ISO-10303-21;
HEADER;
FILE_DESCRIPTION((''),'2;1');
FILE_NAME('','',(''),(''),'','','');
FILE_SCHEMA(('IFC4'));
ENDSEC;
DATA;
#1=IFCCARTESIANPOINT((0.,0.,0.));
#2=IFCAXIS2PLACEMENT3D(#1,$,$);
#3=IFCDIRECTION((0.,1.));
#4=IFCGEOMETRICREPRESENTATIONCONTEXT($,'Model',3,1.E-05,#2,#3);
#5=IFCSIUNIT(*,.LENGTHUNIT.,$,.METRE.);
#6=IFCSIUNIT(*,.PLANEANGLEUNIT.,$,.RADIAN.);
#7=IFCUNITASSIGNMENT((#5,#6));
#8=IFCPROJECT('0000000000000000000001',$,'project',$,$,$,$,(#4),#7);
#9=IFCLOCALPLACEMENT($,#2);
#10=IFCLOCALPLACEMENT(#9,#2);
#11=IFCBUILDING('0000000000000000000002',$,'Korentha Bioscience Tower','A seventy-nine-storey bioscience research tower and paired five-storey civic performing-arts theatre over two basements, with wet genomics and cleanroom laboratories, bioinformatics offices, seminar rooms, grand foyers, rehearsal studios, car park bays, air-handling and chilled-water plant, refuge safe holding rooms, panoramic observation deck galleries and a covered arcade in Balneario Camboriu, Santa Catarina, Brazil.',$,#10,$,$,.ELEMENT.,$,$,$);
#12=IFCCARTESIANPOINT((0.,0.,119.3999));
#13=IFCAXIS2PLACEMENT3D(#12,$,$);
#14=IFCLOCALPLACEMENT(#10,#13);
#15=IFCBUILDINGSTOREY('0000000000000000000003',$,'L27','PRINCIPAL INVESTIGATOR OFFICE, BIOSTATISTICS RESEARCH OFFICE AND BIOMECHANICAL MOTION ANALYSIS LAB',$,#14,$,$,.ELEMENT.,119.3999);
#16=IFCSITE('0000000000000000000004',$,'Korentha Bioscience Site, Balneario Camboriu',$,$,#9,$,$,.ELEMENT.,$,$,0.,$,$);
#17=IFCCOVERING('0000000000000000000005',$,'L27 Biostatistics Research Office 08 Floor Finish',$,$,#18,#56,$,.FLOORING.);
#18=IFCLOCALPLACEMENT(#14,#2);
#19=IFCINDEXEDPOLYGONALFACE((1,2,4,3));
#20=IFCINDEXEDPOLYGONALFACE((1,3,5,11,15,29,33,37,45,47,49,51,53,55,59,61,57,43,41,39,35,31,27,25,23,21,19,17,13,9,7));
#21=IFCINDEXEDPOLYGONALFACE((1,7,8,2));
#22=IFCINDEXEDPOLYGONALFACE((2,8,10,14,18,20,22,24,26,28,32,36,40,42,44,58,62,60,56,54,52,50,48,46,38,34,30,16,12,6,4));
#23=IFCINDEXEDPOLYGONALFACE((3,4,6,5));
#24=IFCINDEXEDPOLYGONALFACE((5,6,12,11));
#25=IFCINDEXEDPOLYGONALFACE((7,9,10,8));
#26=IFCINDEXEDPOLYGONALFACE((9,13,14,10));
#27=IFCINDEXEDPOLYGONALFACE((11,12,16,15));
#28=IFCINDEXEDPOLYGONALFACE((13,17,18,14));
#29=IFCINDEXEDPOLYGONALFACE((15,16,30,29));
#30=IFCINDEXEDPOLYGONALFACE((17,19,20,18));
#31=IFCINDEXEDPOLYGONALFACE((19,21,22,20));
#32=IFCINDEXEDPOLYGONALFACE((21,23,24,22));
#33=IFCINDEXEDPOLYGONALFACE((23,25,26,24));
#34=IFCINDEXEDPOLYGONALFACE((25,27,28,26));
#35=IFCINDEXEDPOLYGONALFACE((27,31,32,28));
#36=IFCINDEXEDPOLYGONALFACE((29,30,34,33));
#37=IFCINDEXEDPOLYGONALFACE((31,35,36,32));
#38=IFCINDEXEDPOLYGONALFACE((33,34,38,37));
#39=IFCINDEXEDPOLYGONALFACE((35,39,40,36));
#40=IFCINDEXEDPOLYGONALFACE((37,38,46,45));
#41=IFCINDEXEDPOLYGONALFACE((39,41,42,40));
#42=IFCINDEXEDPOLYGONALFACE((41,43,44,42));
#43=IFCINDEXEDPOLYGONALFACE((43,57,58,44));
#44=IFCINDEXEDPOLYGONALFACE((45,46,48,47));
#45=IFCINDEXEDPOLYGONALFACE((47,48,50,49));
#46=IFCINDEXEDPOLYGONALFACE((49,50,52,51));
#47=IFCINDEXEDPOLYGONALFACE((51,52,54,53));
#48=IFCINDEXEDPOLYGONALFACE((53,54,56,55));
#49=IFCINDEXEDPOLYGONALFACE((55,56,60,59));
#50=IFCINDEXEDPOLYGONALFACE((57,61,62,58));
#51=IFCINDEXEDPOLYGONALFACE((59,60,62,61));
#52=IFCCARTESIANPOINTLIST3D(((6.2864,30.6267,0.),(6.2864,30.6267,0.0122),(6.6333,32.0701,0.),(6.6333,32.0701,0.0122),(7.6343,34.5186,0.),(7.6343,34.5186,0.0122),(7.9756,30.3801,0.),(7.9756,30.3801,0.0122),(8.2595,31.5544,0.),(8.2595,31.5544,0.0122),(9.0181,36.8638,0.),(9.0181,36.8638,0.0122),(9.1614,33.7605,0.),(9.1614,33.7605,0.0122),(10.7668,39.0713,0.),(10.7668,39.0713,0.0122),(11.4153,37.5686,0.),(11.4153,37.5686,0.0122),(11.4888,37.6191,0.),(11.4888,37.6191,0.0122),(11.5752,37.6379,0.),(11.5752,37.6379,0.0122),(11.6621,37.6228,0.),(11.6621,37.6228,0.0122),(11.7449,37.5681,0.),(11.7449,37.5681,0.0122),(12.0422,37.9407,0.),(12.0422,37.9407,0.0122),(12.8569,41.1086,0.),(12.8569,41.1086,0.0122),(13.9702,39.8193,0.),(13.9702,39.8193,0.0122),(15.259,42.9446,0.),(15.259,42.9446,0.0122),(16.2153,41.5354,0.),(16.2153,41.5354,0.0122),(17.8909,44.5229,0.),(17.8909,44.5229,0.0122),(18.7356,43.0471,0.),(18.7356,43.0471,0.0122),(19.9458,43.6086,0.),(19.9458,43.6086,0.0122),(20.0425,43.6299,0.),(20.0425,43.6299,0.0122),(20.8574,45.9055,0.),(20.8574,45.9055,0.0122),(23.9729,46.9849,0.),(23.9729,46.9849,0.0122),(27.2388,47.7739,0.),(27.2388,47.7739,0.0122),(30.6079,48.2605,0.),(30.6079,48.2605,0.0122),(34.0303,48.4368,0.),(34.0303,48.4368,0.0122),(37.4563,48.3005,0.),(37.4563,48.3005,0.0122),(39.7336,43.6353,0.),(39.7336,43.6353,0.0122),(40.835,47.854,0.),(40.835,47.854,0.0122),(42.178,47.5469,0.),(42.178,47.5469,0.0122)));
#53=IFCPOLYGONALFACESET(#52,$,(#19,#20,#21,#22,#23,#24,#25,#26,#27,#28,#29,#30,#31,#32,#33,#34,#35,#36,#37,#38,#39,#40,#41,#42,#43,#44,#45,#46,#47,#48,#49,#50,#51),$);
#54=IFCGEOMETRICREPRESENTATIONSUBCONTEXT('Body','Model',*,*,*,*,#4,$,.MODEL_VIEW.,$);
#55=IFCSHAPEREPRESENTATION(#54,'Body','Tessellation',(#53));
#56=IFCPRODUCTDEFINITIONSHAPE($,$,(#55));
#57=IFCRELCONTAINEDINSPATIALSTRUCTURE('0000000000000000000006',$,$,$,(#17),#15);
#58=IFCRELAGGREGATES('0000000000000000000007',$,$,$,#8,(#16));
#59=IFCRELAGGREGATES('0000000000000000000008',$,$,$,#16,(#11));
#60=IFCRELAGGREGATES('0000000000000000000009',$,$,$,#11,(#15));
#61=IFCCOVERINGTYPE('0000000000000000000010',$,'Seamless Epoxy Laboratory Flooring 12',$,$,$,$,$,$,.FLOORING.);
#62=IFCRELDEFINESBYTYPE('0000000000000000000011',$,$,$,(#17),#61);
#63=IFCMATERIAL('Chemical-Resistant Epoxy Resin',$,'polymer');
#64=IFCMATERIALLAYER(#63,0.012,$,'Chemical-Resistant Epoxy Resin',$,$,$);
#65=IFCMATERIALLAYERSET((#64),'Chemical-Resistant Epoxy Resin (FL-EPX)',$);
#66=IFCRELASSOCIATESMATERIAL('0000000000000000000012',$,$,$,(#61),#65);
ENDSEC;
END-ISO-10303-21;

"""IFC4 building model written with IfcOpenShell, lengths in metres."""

from ifc_helpers import new_model, si_unit, direction, frame, origin, place, context, subcontext, project, spatial, polyline, outline, extrude, material, layer, layer_set, type_object, element, save


model = new_model("IFC4")

# Units and contexts
model_context = context("Model", 3, precision=1e-05, world=origin(), true_north=direction((0.0, 1.0)))
body_context = subcontext(model_context, "Body", "Model", "MODEL_VIEW")
ifc_project = project(units=[si_unit("LENGTHUNIT", "METRE"), si_unit("PLANEANGLEUNIT", "RADIAN")], contexts=[model_context])

# Site, building, storey
site_placement = place(None, origin())
site = spatial("IfcSite", under=ifc_project, at=site_placement, Name="Korentha Bioscience Site, Balneario Camboriu", CompositionType="ELEMENT", RefElevation=0.0)
building_placement = place(site_placement, origin())
building = spatial("IfcBuilding", under=site, at=building_placement, Name="Korentha Bioscience Tower", Description="A seventy-nine-storey bioscience research tower and paired five-storey civic performing-arts theatre over two basements, with wet genomics and cleanroom laboratories, bioinformatics offices, seminar rooms, grand foyers, rehearsal studios, car park bays, air-handling and chilled-water plant, refuge safe holding rooms, panoramic observation deck galleries and a covered arcade in Balneario Camboriu, Santa Catarina, Brazil.", CompositionType="ELEMENT")
storey_placement = place(building_placement, frame((0.0, 0.0, 119.3999)))
storey = spatial("IfcBuildingStorey", under=building, at=storey_placement, Name="L27", Description="PRINCIPAL INVESTIGATOR OFFICE, BIOSTATISTICS RESEARCH OFFICE AND BIOMECHANICAL MOTION ANALYSIS LAB", CompositionType="ELEMENT", Elevation=119.3999)

# Covering
ifc_material_1 = material(Name="Chemical-Resistant Epoxy Resin", Category="polymer")
ifc_layer_1 = layer(ifc_material_1, 0.012, Name="Chemical-Resistant Epoxy Resin")
ifc_layer_set_1 = layer_set([ifc_layer_1], Name="Chemical-Resistant Epoxy Resin (FL-EPX)")
covering_type_1 = type_object("IfcCoveringType", Name="Seamless Epoxy Laboratory Flooring 12", PredefinedType="FLOORING", material=ifc_layer_set_1)
covering_1_placement = place(storey_placement, origin())
element("IfcCovering", 1, at=covering_1_placement, inside=storey, type_object=covering_type_1, Name="L27 Biostatistics Research Office 08 Floor Finish", PredefinedType="FLOORING", context=body_context, shape_type="SweptSolid", body=[
    extrude(outline(polyline([(6.6333, 32.0701), (7.6343, 34.5186), (9.0181, 36.8638), (10.7668, 39.0713), (12.8569, 41.1086), (15.259, 42.9446), (17.8909, 44.5229), (20.8574, 45.9055), (23.9729, 46.9849), (27.2388, 47.7739), (30.6079, 48.2605), (34.0303, 48.4368), (37.4563, 48.3005), (40.835, 47.854), (42.178, 47.5469), (39.7336, 43.6353), (20.0425, 43.6299), (19.9458, 43.6086), (18.7356, 43.0471), (16.2153, 41.5354), (13.9702, 39.8193), (12.0422, 37.9407), (11.7449, 37.5681), (11.6621, 37.6228), (11.5752, 37.6379), (11.4888, 37.6191), (11.4153, 37.5686), (9.1614, 33.7605), (8.2595, 31.5544), (7.9756, 30.3801), (6.2864, 30.6267), (6.6333, 32.0701)])), origin(), (0.0, 0.0, 1.0), 0.0122),
])

save(model, "model.ifc")
